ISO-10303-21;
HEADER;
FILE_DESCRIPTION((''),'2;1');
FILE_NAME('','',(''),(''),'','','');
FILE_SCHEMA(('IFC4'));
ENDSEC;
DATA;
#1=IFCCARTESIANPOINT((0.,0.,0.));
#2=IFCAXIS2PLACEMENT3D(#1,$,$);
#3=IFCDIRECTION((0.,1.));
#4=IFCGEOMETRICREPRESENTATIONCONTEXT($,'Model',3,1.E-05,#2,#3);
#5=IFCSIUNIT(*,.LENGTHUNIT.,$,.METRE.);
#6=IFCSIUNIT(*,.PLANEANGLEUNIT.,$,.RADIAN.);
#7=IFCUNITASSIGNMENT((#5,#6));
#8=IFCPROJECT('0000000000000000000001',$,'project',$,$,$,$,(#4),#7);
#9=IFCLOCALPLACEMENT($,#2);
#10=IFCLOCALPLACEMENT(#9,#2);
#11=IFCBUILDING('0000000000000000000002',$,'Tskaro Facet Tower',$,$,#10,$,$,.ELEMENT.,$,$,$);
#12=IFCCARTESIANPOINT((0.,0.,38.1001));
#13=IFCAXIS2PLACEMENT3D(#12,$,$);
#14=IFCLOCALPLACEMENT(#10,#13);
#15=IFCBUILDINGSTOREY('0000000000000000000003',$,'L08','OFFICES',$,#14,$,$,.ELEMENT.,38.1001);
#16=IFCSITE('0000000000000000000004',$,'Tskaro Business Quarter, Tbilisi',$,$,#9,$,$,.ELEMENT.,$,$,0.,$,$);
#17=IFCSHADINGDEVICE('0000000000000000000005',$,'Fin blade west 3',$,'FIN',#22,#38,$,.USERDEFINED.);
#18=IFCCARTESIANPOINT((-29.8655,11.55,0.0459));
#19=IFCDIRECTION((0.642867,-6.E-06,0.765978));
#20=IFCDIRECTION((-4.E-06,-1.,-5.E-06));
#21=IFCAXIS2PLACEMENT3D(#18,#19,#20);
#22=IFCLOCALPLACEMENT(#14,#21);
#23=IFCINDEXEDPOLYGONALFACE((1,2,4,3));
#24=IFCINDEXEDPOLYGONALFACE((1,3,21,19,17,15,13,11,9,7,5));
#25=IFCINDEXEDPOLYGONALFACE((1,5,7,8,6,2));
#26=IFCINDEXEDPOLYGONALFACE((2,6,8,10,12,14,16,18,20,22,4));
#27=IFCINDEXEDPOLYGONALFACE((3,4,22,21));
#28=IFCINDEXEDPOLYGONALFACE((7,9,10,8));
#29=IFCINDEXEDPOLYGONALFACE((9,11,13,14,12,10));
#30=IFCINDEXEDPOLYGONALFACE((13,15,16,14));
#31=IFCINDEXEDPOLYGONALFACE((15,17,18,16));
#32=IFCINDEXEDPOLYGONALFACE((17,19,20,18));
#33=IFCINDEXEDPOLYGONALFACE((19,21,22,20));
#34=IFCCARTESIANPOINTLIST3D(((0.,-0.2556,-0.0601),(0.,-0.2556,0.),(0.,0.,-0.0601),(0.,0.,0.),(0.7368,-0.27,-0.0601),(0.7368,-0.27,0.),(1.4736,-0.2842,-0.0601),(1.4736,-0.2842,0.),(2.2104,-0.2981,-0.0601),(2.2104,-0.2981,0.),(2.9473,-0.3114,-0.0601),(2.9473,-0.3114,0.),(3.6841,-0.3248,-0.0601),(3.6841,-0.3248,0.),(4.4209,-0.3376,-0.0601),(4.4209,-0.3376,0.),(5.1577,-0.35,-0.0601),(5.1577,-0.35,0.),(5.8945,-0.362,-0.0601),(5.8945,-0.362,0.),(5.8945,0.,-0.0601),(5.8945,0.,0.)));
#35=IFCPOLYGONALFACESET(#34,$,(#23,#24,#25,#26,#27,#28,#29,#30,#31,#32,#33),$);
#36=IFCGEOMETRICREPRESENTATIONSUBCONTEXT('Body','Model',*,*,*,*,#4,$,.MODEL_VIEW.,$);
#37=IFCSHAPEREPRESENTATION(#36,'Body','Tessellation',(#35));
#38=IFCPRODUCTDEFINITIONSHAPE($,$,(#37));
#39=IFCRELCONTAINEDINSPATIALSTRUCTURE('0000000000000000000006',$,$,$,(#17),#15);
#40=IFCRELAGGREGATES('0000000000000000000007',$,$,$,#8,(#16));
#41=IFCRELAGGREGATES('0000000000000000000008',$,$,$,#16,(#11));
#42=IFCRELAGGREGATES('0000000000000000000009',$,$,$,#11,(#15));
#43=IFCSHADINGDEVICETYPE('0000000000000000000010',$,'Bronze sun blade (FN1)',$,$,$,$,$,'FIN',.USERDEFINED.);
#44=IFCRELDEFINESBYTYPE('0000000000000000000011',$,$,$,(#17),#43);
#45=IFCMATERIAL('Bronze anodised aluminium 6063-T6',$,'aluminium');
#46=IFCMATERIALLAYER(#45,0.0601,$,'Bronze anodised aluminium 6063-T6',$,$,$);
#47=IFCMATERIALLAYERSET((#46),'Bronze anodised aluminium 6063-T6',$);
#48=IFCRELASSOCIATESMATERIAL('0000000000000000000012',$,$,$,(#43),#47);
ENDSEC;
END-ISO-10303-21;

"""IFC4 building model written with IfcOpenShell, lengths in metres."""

from ifc_helpers import new_model, si_unit, direction, frame, origin, place, context, subcontext, project, spatial, polyline, outline, extrude, material, layer, layer_set, type_object, element, save


model = new_model("IFC4")

# Units and contexts
model_context = context("Model", 3, precision=1e-05, world=origin(), true_north=direction((0.0, 1.0)))
body_context = subcontext(model_context, "Body", "Model", "MODEL_VIEW")
ifc_project = project(units=[si_unit("LENGTHUNIT", "METRE"), si_unit("PLANEANGLEUNIT", "RADIAN")], contexts=[model_context])

# Site, building, storey
site_placement = place(None, origin())
site = spatial("IfcSite", under=ifc_project, at=site_placement, Name="Tskaro Business Quarter, Tbilisi", CompositionType="ELEMENT", RefElevation=0.0)
building_placement = place(site_placement, origin())
building = spatial("IfcBuilding", under=site, at=building_placement, Name="Tskaro Facet Tower", CompositionType="ELEMENT")
storey_placement = place(building_placement, frame((0.0, 0.0, 38.1001)))
storey = spatial("IfcBuildingStorey", under=building, at=storey_placement, Name="L08", Description="OFFICES", CompositionType="ELEMENT", Elevation=38.1001)

# Shared definitions
ifc_material_1 = material(Name="Bronze anodised aluminium 6063-T6", Category="aluminium")

# Shading device
ifc_layer_1 = layer(ifc_material_1, 0.0601, Name="Bronze anodised aluminium 6063-T6")
ifc_layer_set_1 = layer_set([ifc_layer_1], Name="Bronze anodised aluminium 6063-T6")
shading_device_type = type_object("IfcShadingDeviceType", Name="Bronze sun blade (FN1)", ElementType="FIN", PredefinedType="USERDEFINED", material=ifc_layer_set_1)
shading_device_1_placement = place(storey_placement, frame((-29.8655, 11.55, 0.0459), z_axis=(0.642867, -0.000006, 0.765978), x_axis=(-0.000004, -1.0, -0.000005)))
element("IfcShadingDevice", 1, at=shading_device_1_placement, inside=storey, type_object=shading_device_type, Name="Fin blade west 3", ObjectType="FIN", PredefinedType="USERDEFINED", context=body_context, shape_type="SweptSolid", body=[
    extrude(outline(polyline([(0.0, 0.0), (5.8945, 0.0), (5.8945, -0.362), (5.1577, -0.35), (4.4209, -0.3376), (3.6841, -0.3248), (2.9473, -0.3114), (2.2104, -0.2981), (1.4736, -0.2842), (0.7368, -0.27), (0.0, -0.2556), (0.0, 0.0)])), origin(), (0.0, 0.0, -1.0), 0.0601),
])

save(model, "model.ifc")
